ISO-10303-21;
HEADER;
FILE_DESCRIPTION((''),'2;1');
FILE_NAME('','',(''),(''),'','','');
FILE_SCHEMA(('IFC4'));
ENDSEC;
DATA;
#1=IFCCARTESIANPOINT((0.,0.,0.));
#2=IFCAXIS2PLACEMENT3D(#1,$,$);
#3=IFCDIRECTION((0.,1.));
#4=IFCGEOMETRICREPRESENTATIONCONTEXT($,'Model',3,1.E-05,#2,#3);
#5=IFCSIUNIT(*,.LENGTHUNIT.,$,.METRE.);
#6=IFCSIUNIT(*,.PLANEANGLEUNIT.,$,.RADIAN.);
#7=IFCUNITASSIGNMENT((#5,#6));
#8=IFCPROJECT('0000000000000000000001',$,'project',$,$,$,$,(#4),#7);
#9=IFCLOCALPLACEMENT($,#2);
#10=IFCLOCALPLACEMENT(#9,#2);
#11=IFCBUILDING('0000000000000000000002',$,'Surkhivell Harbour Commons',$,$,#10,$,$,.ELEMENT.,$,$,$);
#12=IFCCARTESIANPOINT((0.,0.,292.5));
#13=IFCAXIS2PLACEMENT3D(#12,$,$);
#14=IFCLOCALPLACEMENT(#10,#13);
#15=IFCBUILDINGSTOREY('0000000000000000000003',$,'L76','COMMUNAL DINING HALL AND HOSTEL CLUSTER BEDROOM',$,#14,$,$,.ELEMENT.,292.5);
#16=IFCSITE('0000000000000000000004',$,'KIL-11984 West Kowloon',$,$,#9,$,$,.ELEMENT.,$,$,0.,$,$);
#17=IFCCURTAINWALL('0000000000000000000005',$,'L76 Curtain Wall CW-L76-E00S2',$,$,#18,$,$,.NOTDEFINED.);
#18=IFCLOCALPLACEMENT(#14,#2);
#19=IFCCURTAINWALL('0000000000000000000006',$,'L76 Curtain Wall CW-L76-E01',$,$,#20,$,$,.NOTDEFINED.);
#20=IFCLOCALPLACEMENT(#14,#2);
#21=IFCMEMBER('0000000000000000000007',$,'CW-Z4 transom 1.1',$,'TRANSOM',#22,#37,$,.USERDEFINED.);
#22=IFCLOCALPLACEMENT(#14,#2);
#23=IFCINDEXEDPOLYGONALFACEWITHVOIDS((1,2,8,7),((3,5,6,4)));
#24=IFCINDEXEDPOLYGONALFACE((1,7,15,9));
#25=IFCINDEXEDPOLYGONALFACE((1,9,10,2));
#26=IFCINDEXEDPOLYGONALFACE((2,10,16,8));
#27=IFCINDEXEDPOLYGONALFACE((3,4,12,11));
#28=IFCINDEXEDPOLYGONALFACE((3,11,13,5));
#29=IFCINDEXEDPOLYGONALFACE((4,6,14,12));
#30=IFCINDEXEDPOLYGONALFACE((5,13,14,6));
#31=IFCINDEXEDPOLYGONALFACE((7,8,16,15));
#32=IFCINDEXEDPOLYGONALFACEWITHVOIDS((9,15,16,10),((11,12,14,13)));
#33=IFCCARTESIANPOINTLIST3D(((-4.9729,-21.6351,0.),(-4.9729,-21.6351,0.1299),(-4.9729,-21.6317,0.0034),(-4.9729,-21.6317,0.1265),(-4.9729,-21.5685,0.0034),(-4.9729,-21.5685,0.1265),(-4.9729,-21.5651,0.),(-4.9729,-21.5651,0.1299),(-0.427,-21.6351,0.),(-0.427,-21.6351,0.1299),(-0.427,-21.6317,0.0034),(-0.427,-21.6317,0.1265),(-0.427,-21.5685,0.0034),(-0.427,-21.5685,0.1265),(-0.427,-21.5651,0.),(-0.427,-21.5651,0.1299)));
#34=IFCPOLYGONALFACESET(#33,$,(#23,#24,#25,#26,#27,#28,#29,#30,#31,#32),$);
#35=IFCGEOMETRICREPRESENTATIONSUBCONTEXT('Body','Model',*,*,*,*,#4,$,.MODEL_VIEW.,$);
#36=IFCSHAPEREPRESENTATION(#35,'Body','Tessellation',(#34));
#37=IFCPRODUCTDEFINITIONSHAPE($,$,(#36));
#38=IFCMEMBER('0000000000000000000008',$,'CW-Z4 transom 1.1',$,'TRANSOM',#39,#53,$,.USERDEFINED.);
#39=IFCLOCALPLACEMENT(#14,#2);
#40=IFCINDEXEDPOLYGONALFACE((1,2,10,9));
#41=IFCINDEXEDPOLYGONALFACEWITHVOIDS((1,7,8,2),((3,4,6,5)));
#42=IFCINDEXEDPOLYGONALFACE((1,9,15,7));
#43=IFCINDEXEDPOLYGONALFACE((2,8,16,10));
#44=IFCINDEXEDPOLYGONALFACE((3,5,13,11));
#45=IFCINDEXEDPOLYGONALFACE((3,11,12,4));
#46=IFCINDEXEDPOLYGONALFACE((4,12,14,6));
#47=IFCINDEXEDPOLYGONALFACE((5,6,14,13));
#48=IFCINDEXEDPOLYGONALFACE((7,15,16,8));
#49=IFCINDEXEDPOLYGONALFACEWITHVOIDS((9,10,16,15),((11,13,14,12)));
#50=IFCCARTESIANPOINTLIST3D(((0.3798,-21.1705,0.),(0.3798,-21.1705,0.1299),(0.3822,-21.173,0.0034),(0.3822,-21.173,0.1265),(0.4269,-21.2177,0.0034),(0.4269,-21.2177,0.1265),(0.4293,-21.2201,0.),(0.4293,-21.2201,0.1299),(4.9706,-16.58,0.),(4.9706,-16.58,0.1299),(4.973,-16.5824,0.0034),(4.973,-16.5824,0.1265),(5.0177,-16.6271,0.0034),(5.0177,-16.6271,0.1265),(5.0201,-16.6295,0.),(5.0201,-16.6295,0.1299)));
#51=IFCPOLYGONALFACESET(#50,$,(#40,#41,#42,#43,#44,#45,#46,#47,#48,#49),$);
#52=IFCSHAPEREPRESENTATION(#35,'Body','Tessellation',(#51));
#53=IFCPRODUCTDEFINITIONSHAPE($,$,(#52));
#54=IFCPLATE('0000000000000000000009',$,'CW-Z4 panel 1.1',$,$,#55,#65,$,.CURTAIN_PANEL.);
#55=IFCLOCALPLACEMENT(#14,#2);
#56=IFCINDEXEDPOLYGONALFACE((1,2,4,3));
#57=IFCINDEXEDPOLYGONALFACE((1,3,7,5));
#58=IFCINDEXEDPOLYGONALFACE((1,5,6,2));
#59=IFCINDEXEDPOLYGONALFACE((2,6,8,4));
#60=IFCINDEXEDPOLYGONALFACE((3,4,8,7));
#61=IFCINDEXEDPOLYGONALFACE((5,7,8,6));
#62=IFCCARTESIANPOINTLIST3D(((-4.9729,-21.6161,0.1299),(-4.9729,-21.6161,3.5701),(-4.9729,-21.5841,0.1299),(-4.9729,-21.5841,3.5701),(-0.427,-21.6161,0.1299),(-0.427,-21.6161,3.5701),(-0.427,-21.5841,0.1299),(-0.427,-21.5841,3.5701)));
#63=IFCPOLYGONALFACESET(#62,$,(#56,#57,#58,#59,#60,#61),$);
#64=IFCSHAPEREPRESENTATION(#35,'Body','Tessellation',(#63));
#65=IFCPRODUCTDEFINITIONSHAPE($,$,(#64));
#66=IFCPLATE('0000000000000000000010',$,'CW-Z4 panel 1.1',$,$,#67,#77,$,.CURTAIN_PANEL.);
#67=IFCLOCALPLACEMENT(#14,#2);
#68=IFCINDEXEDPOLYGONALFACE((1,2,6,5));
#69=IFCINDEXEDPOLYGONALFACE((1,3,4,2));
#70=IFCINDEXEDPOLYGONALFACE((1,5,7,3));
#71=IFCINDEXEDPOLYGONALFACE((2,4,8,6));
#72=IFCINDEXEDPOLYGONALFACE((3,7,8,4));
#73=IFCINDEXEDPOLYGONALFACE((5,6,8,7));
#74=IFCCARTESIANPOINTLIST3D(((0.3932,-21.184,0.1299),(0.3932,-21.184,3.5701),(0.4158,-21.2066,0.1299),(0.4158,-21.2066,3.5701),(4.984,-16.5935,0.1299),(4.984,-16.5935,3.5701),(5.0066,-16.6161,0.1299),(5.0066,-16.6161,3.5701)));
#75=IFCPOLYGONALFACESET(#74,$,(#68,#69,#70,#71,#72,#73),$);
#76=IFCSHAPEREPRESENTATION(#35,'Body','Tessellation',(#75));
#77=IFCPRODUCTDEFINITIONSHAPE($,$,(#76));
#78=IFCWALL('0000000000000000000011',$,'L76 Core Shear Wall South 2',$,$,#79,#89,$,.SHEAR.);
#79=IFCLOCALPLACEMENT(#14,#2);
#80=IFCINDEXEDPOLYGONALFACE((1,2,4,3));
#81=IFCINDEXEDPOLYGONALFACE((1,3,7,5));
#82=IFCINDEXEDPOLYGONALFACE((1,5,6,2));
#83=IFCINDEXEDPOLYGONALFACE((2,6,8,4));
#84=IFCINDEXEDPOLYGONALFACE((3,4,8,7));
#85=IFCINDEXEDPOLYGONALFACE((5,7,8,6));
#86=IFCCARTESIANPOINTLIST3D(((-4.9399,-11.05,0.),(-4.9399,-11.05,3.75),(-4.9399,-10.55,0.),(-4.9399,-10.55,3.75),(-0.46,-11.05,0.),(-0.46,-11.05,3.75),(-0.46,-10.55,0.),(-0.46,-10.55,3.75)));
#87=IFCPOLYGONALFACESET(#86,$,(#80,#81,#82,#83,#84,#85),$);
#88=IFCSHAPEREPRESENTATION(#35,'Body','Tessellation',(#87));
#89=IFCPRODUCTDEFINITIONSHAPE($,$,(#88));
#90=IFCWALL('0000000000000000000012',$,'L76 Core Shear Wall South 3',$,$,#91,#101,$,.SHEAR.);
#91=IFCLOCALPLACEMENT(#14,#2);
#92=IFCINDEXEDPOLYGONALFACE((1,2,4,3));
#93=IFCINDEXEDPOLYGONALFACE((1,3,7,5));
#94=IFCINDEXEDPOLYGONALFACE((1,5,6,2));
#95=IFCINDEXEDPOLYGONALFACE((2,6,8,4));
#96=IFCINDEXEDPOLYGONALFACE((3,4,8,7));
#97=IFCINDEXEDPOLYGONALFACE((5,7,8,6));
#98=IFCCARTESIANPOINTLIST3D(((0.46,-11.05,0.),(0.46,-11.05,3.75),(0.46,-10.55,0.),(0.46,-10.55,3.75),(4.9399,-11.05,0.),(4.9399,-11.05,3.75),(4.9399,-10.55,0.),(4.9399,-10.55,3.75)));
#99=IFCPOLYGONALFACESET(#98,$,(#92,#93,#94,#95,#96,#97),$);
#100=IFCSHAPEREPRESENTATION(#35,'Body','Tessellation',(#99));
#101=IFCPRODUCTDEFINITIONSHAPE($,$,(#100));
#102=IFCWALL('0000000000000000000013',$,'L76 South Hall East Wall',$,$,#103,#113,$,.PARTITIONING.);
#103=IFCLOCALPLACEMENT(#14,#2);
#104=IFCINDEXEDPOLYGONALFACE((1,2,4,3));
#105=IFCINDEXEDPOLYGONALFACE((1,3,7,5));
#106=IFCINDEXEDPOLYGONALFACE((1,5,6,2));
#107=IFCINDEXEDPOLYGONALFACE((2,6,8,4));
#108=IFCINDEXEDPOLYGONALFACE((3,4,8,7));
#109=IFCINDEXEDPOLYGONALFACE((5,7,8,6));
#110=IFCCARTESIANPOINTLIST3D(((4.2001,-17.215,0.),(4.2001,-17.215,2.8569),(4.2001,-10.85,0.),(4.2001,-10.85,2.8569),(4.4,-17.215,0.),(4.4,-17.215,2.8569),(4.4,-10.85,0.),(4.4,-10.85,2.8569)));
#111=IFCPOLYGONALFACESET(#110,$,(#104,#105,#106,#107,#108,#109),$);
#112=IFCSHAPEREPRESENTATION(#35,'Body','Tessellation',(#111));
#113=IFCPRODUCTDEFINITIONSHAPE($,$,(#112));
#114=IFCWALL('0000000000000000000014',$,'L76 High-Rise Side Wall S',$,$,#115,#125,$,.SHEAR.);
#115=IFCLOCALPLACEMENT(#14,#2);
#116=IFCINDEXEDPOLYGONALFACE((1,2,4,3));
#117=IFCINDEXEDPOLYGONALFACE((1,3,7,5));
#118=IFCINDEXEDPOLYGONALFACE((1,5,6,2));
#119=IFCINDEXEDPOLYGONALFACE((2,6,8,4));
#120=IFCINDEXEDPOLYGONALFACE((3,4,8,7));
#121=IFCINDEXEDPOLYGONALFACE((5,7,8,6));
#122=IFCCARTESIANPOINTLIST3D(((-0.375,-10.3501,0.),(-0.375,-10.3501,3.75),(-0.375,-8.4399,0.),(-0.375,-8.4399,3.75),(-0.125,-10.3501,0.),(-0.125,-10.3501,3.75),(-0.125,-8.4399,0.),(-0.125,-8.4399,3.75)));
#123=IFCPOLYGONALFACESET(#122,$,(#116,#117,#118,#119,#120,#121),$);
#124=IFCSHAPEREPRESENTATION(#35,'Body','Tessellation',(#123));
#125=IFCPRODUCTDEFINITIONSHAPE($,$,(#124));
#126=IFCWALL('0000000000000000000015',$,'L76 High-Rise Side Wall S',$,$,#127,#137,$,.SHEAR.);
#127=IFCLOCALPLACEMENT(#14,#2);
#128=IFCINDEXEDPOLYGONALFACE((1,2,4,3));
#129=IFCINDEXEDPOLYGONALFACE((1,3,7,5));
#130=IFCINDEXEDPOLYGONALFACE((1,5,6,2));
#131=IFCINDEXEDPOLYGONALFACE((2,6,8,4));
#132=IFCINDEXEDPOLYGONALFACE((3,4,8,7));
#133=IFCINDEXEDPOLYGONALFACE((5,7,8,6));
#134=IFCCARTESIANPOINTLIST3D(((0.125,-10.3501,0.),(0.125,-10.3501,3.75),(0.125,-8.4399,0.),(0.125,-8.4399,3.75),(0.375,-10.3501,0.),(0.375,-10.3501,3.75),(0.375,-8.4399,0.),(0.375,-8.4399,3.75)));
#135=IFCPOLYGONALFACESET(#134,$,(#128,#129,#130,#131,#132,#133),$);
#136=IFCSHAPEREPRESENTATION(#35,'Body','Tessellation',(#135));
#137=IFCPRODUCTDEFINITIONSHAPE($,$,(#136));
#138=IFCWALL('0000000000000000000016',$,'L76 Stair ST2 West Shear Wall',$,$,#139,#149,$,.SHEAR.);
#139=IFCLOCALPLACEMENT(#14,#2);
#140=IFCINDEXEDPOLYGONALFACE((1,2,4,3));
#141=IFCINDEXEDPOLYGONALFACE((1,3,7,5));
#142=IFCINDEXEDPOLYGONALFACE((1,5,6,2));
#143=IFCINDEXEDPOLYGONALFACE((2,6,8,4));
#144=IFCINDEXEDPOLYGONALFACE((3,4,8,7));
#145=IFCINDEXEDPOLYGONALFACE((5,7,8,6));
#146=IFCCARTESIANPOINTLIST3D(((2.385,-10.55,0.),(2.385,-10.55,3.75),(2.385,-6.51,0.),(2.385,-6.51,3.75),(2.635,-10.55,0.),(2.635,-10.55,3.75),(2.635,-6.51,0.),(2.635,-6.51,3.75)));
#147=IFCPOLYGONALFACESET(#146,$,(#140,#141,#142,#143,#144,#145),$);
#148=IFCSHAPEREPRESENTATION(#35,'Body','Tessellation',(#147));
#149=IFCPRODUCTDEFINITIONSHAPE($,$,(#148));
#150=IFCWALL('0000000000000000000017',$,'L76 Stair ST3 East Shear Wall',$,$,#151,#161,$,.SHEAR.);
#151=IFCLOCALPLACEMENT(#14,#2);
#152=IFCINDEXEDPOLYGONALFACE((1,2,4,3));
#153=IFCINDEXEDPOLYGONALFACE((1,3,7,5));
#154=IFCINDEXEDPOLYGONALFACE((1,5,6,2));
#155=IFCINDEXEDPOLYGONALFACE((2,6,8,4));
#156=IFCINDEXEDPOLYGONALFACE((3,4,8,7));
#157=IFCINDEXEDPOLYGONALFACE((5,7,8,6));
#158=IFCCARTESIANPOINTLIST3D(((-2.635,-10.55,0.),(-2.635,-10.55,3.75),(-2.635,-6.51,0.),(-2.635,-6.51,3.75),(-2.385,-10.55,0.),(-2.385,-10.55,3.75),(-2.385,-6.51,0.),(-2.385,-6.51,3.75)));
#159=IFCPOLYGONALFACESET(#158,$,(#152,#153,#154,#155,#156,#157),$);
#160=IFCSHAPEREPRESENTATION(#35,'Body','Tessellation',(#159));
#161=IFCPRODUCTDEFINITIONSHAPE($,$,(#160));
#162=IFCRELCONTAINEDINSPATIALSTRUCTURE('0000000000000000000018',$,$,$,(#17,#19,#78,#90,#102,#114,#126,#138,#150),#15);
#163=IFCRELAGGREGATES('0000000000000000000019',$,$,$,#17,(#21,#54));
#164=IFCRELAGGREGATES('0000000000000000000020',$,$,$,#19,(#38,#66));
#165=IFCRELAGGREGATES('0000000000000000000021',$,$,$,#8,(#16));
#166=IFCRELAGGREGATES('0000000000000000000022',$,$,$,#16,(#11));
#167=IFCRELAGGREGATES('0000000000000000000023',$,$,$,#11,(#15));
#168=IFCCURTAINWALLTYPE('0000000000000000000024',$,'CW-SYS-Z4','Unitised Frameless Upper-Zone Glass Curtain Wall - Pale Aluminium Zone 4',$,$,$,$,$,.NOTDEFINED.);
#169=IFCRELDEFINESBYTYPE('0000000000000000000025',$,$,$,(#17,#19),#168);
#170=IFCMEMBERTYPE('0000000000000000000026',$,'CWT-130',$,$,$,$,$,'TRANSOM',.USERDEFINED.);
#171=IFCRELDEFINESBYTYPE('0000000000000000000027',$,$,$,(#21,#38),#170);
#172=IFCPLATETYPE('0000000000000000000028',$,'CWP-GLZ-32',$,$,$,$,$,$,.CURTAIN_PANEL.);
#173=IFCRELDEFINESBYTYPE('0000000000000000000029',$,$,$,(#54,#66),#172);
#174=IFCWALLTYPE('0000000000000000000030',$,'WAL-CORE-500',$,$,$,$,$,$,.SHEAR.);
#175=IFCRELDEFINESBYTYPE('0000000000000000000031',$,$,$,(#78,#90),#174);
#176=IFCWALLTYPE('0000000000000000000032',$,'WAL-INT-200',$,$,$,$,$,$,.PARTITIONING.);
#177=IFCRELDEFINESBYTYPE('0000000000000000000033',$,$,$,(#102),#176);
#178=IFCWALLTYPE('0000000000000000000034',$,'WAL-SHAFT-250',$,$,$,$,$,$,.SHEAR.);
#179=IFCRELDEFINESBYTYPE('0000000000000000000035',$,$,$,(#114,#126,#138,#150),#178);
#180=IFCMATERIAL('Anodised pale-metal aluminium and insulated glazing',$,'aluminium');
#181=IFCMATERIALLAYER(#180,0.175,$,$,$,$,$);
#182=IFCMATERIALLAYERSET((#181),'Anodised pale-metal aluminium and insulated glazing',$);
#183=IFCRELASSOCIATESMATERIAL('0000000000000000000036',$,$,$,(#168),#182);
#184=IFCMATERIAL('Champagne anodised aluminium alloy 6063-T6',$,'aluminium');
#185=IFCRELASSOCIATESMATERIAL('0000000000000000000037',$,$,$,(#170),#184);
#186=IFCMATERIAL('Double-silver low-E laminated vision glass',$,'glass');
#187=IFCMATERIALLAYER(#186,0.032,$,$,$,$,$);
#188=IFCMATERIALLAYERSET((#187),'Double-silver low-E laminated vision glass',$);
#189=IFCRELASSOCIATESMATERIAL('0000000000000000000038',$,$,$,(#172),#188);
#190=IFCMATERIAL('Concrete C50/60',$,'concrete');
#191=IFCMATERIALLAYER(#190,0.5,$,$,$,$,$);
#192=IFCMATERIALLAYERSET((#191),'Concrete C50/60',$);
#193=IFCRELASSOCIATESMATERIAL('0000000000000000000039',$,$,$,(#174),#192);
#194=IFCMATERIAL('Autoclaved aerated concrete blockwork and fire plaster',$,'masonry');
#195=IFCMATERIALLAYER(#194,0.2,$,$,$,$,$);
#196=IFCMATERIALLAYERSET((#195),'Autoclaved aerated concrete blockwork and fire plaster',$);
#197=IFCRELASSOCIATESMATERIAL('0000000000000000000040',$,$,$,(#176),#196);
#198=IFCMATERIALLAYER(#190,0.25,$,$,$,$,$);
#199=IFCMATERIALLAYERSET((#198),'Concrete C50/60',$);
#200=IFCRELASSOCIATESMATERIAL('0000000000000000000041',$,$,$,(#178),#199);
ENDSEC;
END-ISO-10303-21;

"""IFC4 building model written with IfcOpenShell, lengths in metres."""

from ifc_helpers import new_model, si_unit, direction, frame, frame_2d, origin, origin_2d, place, context, subcontext, project, spatial, rectangle, hollow_rectangle, extrude, material, layer, layer_set, material_profile, profile_set, type_object, element, aggregate, save


model = new_model("IFC4")

# Units and contexts
model_context = context("Model", 3, precision=1e-05, world=origin(), true_north=direction((0.0, 1.0)))
body_context = subcontext(model_context, "Body", "Model", "MODEL_VIEW")
ifc_project = project(units=[si_unit("LENGTHUNIT", "METRE"), si_unit("PLANEANGLEUNIT", "RADIAN")], contexts=[model_context])

# Site, building, storey
site_placement = place(None, origin())
site = spatial("IfcSite", under=ifc_project, at=site_placement, Name="KIL-11984 West Kowloon", CompositionType="ELEMENT", RefElevation=0.0)
building_placement = place(site_placement, origin())
building = spatial("IfcBuilding", under=site, at=building_placement, Name="Surkhivell Harbour Commons", CompositionType="ELEMENT")
storey_placement = place(building_placement, frame((0.0, 0.0, 292.5)))
storey = spatial("IfcBuildingStorey", under=building, at=storey_placement, Name="L76", Description="COMMUNAL DINING HALL AND HOSTEL CLUSTER BEDROOM", CompositionType="ELEMENT", Elevation=292.5)

# Shared definitions
ifc_material_1 = material(Name="Concrete C50/60", Category="concrete")

# Curtain wall
ifc_material_2 = material(Name="Anodised pale-metal aluminium and insulated glazing", Category="aluminium")
ifc_layer_1 = layer(ifc_material_2, 0.175)
ifc_layer_set_1 = layer_set([ifc_layer_1], Name="Anodised pale-metal aluminium and insulated glazing")
curtain_wall_type = type_object("IfcCurtainWallType", Name="CW-SYS-Z4", Description="Unitised Frameless Upper-Zone Glass Curtain Wall - Pale Aluminium Zone 4", PredefinedType="NOTDEFINED", material=ifc_layer_set_1)
curtain_wall_1_placement = place(storey_placement, origin())
curtain_wall_1 = element("IfcCurtainWall", 1, at=curtain_wall_1_placement, inside=storey, type_object=curtain_wall_type, Name="L76 Curtain Wall CW-L76-E00S2", PredefinedType="NOTDEFINED")

# Curtain wall
curtain_wall_2_placement = place(storey_placement, origin())
curtain_wall_2 = element("IfcCurtainWall", 2, at=curtain_wall_2_placement, inside=storey, type_object=curtain_wall_type, Name="L76 Curtain Wall CW-L76-E01", PredefinedType="NOTDEFINED")

# Members
ifc_material_3 = material(Name="Champagne anodised aluminium alloy 6063-T6", Category="aluminium")
ifc_material_profile_1 = material_profile(ifc_material_3, hollow_rectangle(XDim=0.0701, YDim=0.1299, WallThickness=0.0034, at=origin_2d()), Name="ALU-TRAN-70x130")
ifc_profile_set_1 = profile_set([ifc_material_profile_1], Name="Champagne anodised aluminium alloy 6063-T6")
member_type_1 = type_object("IfcMemberType", Name="CWT-130", ElementType="TRANSOM", PredefinedType="USERDEFINED", material=ifc_profile_set_1)
member_1_placement = place(storey_placement, frame((-4.9729, -21.6001, 0.0649), z_axis=(1.0, 0.0, 0.0), x_axis=(0.0, 1.0, 0.0)))
member_1 = element("IfcMember", 3, at=member_1_placement, type_object=member_type_1, Name="CW-Z4 transom 1.1", ObjectType="TRANSOM", PredefinedType="USERDEFINED", context=body_context, shape_type="SweptSolid", body=[
    extrude(hollow_rectangle(XDim=0.0701, YDim=0.1299, WallThickness=0.0034, at=origin_2d()), origin(), (0.0, 0.0, 1.0), 4.5459),
])
member_2_placement = place(storey_placement, frame((0.4045, -21.1953, 0.0649), z_axis=(0.707126, 0.707088, 0.0), x_axis=(-0.707088, 0.707126, 0.0)))
member_2 = element("IfcMember", 4, at=member_2_placement, type_object=member_type_1, Name="CW-Z4 transom 1.1", ObjectType="TRANSOM", PredefinedType="USERDEFINED", context=body_context, shape_type="SweptSolid", body=[
    extrude(hollow_rectangle(XDim=0.0701, YDim=0.1299, WallThickness=0.0034, at=origin_2d()), origin(), (0.0, 0.0, 1.0), 6.4922),
])

# Plates
ifc_material_4 = material(Name="Double-silver low-E laminated vision glass", Category="glass")
ifc_layer_2 = layer(ifc_material_4, 0.032)
ifc_layer_set_2 = layer_set([ifc_layer_2], Name="Double-silver low-E laminated vision glass")
plate_type = type_object("IfcPlateType", Name="CWP-GLZ-32", PredefinedType="CURTAIN_PANEL", material=ifc_layer_set_2)
plate_1_placement = place(storey_placement, frame((-4.9729, -21.6001, 0.1299), z_axis=(0.0, 0.0, 1.0), x_axis=(1.0, 0.0, 0.0)))
plate_1 = element("IfcPlate", 5, at=plate_1_placement, type_object=plate_type, Name="CW-Z4 panel 1.1", PredefinedType="CURTAIN_PANEL", context=body_context, shape_type="SweptSolid", body=[
    extrude(rectangle(XDim=4.5459, YDim=0.032, at=frame_2d((2.2729, 0.0))), origin(), (0.0, 0.0, 1.0), 3.4402),
])
aggregate(curtain_wall_1, [member_1, plate_1])
plate_2_placement = place(storey_placement, frame((0.4045, -21.1953, 0.1299), z_axis=(0.0, 0.0, 1.0), x_axis=(0.707126, 0.707088, 0.0)))
plate_2 = element("IfcPlate", 6, at=plate_2_placement, type_object=plate_type, Name="CW-Z4 panel 1.1", PredefinedType="CURTAIN_PANEL", context=body_context, shape_type="SweptSolid", body=[
    extrude(rectangle(XDim=6.4922, YDim=0.032, at=frame_2d((3.2461, 0.0))), origin(), (0.0, 0.0, 1.0), 3.4402),
])
aggregate(curtain_wall_2, [member_2, plate_2])

# Walls
ifc_layer_3 = layer(ifc_material_1, 0.5)
ifc_layer_set_3 = layer_set([ifc_layer_3], Name="Concrete C50/60")
wall_type_1 = type_object("IfcWallType", Name="WAL-CORE-500", PredefinedType="SHEAR", material=ifc_layer_set_3)
for number, where, z_axis, x_axis, name in (
    (7, (-4.9399, -10.8, 0.0), (0.0, 0.0, 1.0), (1.0, 0.0, 0.0), "L76 Core Shear Wall South 2"),
    (8, (0.46, -10.8, 0.0), (0.0, 0.0, 1.0), (1.0, 0.0, 0.0), "L76 Core Shear Wall South 3"),
):
    element("IfcWall", number, at=place(storey_placement, frame(where, z_axis=z_axis, x_axis=x_axis)), inside=storey, type_object=wall_type_1, Name=name, PredefinedType="SHEAR", context=body_context, shape_type="SweptSolid", body=[
        extrude(rectangle(XDim=4.48, YDim=0.5, at=frame_2d((2.24, 0.0))), origin(), (0.0, 0.0, 1.0), 3.75),
    ])
ifc_material_5 = material(Name="Autoclaved aerated concrete blockwork and fire plaster", Category="masonry")
ifc_layer_4 = layer(ifc_material_5, 0.2)
ifc_layer_set_4 = layer_set([ifc_layer_4], Name="Autoclaved aerated concrete blockwork and fire plaster")
wall_type_2 = type_object("IfcWallType", Name="WAL-INT-200", PredefinedType="PARTITIONING", material=ifc_layer_set_4)
wall_placement = place(storey_placement, frame((4.3, -17.2151, 0.0), z_axis=(0.0, 0.0, 1.0), x_axis=(0.0, 1.0, 0.0)))
element("IfcWall", 9, at=wall_placement, inside=storey, type_object=wall_type_2, Name="L76 South Hall East Wall", PredefinedType="PARTITIONING", context=body_context, shape_type="SweptSolid", body=[
    extrude(rectangle(XDim=6.365, YDim=0.2, at=frame_2d((3.1826, 0.0))), origin(), (0.0, 0.0, 1.0), 2.8569),
])
ifc_layer_5 = layer(ifc_material_1, 0.25)
ifc_layer_set_5 = layer_set([ifc_layer_5], Name="Concrete C50/60")
wall_type_3 = type_object("IfcWallType", Name="WAL-SHAFT-250", PredefinedType="SHEAR", material=ifc_layer_set_5)
for number, where, z_axis, x_axis, name in (
    (10, (-0.25, -10.3501, 0.0), (0.0, 0.0, 1.0), (0.0, 1.0, 0.0), "L76 High-Rise Side Wall S"),
    (11, (0.25, -10.3501, 0.0), (0.0, 0.0, 1.0), (0.0, 1.0, 0.0), "L76 High-Rise Side Wall S"),
):
    element("IfcWall", number, at=place(storey_placement, frame(where, z_axis=z_axis, x_axis=x_axis)), inside=storey, type_object=wall_type_3, Name=name, PredefinedType="SHEAR", context=body_context, shape_type="SweptSolid", body=[
        extrude(rectangle(XDim=1.9102, YDim=0.25, at=frame_2d((0.9551, 0.0))), origin(), (0.0, 0.0, 1.0), 3.75),
    ])
for number, where, z_axis, x_axis, name in (
    (12, (2.51, -10.55, 0.0), (0.0, 0.0, 1.0), (0.0, 1.0, 0.0), "L76 Stair ST2 West Shear Wall"),
    (13, (-2.51, -10.55, 0.0), (0.0, 0.0, 1.0), (0.0, 1.0, 0.0), "L76 Stair ST3 East Shear Wall"),
):
    element("IfcWall", number, at=place(storey_placement, frame(where, z_axis=z_axis, x_axis=x_axis)), inside=storey, type_object=wall_type_3, Name=name, PredefinedType="SHEAR", context=body_context, shape_type="SweptSolid", body=[
        extrude(rectangle(XDim=4.04, YDim=0.25, at=frame_2d((2.02, 0.0))), origin(), (0.0, 0.0, 1.0), 3.75),
    ])

save(model, "model.ifc")
